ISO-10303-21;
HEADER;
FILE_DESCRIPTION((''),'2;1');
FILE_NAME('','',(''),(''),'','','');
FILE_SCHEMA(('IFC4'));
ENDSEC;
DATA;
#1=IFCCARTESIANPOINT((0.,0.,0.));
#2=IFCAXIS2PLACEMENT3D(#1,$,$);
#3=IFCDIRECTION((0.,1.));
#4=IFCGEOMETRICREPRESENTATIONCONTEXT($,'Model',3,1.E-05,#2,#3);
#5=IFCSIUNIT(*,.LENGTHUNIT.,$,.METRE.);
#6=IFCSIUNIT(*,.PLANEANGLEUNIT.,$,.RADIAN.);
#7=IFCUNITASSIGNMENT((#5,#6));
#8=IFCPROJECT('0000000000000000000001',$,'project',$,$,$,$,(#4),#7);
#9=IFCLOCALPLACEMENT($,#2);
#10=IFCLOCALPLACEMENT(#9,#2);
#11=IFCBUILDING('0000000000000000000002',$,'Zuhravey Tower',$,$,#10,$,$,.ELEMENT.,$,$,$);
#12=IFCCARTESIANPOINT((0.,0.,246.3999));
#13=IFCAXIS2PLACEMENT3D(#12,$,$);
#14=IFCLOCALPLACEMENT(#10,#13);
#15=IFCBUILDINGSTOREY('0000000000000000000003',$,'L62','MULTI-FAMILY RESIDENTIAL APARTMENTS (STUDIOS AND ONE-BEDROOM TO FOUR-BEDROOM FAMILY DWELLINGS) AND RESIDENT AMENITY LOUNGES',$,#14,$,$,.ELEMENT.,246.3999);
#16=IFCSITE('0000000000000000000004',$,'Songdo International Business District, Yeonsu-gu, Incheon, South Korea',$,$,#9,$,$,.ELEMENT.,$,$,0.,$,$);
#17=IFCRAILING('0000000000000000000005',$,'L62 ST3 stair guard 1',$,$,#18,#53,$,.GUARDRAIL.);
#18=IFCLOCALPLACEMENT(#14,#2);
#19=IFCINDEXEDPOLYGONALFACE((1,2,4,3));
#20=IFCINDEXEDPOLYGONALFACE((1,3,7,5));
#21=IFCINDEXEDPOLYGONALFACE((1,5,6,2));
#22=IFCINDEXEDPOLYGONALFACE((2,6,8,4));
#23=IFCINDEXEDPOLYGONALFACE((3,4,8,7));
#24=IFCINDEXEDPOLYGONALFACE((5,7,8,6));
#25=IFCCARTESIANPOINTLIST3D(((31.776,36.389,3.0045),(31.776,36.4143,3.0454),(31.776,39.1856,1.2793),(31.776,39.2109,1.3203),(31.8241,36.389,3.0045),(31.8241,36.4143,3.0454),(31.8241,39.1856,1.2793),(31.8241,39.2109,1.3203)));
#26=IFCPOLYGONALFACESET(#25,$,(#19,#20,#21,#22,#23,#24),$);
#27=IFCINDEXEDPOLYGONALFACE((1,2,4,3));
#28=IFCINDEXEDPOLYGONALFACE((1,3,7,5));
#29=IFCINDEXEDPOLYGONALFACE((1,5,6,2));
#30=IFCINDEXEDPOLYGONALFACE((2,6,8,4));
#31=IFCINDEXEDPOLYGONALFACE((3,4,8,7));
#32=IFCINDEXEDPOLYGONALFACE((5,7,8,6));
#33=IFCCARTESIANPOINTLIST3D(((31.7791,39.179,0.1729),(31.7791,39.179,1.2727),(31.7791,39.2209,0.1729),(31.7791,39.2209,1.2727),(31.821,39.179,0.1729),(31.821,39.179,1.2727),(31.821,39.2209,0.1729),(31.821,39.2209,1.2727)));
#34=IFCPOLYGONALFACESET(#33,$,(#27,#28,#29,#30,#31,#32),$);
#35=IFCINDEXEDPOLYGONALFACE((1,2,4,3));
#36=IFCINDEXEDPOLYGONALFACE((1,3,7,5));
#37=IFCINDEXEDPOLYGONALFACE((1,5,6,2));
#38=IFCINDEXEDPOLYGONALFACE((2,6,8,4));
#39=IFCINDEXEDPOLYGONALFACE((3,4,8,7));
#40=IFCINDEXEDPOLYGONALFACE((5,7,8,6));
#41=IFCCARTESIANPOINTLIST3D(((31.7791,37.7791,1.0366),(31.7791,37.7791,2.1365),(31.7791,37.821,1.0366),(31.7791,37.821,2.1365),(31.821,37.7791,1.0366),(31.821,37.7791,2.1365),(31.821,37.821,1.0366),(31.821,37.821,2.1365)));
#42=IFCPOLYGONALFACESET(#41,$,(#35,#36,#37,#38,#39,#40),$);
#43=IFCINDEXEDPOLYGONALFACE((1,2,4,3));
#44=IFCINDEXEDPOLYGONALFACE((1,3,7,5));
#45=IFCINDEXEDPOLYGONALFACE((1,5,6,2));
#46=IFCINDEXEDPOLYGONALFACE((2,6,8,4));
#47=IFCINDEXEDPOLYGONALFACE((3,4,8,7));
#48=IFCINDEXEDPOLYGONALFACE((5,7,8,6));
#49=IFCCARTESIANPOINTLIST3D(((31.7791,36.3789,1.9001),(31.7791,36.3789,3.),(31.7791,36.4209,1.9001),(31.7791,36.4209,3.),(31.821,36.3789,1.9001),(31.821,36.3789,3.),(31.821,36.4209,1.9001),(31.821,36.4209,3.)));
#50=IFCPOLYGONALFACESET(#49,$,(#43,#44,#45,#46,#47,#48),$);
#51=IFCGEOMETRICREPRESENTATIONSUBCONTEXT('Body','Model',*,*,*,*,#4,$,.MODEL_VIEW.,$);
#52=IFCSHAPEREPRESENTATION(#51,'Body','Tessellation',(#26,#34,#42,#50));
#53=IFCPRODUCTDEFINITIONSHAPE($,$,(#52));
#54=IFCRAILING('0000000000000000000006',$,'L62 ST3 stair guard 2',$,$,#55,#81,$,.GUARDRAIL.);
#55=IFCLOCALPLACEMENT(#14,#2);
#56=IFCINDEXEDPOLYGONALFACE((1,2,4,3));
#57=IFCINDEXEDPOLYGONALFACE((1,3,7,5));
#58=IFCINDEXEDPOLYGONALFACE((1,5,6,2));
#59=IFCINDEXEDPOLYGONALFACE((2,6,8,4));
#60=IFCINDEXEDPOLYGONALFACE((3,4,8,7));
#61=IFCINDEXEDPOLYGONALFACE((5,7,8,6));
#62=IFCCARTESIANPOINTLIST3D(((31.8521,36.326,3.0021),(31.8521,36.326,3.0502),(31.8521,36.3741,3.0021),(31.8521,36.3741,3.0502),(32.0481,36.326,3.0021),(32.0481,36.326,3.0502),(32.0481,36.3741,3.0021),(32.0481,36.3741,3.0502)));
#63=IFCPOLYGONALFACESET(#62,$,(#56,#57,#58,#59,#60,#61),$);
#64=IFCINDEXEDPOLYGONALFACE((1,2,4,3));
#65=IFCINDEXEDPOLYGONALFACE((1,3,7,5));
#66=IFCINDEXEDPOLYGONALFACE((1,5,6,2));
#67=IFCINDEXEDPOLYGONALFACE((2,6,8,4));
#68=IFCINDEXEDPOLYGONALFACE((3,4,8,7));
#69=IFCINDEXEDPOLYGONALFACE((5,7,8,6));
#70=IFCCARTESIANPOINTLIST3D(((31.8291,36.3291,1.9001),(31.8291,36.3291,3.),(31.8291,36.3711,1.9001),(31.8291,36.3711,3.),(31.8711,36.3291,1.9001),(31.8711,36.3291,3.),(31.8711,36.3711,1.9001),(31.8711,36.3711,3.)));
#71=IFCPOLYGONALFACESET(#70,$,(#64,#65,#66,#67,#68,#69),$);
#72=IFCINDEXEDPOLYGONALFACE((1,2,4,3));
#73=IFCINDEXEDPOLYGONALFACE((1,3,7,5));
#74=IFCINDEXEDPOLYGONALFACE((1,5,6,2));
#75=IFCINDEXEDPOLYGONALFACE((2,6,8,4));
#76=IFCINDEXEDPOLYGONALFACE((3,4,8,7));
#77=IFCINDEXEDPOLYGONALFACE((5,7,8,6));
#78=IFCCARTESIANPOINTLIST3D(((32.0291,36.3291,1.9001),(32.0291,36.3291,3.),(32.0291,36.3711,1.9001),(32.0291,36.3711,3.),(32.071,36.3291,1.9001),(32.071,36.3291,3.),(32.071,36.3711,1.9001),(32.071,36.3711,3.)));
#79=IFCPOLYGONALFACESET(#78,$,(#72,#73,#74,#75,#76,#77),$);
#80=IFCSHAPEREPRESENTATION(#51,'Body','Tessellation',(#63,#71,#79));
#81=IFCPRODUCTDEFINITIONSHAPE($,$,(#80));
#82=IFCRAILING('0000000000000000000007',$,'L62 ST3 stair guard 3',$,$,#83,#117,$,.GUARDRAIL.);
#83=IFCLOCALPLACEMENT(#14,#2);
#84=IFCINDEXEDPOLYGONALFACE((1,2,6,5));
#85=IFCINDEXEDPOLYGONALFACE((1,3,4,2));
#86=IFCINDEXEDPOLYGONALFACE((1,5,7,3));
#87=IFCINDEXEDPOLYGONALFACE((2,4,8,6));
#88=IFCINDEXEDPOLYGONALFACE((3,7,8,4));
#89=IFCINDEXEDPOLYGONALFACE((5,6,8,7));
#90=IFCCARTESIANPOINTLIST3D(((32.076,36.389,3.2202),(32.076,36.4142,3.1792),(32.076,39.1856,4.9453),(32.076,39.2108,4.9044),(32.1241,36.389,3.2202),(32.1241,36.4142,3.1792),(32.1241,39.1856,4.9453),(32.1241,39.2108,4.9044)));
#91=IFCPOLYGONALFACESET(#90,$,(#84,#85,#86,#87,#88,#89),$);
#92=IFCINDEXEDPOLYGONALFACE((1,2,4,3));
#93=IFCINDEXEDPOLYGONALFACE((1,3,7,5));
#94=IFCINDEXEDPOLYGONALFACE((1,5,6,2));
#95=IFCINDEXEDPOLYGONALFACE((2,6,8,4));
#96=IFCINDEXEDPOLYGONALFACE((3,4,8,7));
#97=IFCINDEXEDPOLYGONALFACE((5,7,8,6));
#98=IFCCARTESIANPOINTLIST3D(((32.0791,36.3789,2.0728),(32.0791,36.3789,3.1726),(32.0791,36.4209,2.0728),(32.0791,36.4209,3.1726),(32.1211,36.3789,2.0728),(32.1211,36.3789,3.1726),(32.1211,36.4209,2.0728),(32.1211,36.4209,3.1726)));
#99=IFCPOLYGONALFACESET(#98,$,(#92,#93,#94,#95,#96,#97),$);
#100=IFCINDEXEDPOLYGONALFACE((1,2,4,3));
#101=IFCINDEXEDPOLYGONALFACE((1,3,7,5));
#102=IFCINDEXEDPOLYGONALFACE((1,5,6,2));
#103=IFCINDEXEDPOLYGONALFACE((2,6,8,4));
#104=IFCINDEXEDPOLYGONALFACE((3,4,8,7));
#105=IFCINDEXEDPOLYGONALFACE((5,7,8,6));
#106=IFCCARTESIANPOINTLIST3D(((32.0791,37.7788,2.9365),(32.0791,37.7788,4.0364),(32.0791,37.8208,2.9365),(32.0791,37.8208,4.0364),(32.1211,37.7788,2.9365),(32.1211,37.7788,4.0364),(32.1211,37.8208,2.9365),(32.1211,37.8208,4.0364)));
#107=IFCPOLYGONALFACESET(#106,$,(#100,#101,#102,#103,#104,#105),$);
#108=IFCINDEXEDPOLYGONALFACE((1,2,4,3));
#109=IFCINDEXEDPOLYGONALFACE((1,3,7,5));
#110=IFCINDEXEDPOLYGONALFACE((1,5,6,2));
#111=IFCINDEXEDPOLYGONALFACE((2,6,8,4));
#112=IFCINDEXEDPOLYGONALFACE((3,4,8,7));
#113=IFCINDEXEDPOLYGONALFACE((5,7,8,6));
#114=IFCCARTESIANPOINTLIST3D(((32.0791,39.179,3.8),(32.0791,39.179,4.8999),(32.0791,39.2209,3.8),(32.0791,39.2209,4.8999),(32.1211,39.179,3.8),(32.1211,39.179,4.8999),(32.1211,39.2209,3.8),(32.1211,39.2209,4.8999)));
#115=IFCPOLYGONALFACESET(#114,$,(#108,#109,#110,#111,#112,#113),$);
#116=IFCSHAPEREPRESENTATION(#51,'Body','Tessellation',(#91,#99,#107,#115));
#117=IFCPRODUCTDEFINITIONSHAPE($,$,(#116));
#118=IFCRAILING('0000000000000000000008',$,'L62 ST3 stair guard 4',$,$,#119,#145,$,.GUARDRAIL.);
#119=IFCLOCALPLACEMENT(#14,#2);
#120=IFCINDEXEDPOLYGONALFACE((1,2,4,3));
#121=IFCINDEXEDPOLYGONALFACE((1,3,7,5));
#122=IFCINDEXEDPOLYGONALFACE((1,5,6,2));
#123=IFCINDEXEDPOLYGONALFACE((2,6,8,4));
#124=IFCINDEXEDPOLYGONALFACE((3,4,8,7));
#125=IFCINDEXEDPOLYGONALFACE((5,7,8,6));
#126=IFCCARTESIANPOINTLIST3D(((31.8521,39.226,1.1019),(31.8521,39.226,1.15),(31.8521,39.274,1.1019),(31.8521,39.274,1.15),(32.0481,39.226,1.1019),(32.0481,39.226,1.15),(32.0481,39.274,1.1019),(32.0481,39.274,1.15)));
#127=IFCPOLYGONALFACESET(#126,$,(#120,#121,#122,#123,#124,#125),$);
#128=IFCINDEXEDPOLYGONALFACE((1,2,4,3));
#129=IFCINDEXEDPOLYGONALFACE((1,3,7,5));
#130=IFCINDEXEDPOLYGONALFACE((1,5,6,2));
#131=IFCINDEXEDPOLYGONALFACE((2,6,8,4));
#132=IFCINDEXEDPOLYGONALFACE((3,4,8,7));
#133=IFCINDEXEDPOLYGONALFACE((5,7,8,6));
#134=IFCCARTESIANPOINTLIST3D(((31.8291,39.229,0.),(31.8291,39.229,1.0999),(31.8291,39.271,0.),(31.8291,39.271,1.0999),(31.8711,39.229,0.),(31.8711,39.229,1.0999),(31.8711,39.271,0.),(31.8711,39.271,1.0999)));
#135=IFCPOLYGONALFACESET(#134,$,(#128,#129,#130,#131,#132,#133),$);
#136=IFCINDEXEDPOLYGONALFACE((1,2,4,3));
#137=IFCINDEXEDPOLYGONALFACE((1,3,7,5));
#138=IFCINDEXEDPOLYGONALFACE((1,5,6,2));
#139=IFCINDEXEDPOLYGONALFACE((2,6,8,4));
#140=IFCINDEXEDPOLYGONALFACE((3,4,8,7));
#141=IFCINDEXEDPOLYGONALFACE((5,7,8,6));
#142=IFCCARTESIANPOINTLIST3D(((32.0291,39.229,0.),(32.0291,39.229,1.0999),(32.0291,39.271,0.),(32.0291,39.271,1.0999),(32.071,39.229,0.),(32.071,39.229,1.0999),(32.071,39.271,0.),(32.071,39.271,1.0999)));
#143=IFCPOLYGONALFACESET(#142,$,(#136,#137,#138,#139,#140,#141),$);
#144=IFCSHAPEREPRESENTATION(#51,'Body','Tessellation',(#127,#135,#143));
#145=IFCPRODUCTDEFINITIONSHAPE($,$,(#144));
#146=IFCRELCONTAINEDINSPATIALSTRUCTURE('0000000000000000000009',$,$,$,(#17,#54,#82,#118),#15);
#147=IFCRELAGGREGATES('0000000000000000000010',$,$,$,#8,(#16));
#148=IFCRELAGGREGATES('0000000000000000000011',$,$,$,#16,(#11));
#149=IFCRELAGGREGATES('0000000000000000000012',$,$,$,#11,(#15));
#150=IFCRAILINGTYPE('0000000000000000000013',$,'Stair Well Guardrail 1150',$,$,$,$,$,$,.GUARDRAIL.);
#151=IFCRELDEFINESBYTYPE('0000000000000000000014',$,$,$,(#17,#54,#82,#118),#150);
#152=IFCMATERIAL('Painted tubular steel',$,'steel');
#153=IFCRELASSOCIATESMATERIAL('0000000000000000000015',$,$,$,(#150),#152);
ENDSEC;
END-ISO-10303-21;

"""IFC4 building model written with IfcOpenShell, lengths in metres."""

from ifc_helpers import new_model, si_unit, direction, frame, origin, origin_2d, place, context, subcontext, project, spatial, rectangle, extrude, material, type_object, element, save


model = new_model("IFC4")

# Units and contexts
model_context = context("Model", 3, precision=1e-05, world=origin(), true_north=direction((0.0, 1.0)))
body_context = subcontext(model_context, "Body", "Model", "MODEL_VIEW")
ifc_project = project(units=[si_unit("LENGTHUNIT", "METRE"), si_unit("PLANEANGLEUNIT", "RADIAN")], contexts=[model_context])

# Site, building, storey
site_placement = place(None, origin())
site = spatial("IfcSite", under=ifc_project, at=site_placement, Name="Songdo International Business District, Yeonsu-gu, Incheon, South Korea", CompositionType="ELEMENT", RefElevation=0.0)
building_placement = place(site_placement, origin())
building = spatial("IfcBuilding", under=site, at=building_placement, Name="Zuhravey Tower", CompositionType="ELEMENT")
storey_placement = place(building_placement, frame((0.0, 0.0, 246.3999)))
storey = spatial("IfcBuildingStorey", under=building, at=storey_placement, Name="L62", Description="MULTI-FAMILY RESIDENTIAL APARTMENTS (STUDIOS AND ONE-BEDROOM TO FOUR-BEDROOM FAMILY DWELLINGS) AND RESIDENT AMENITY LOUNGES", CompositionType="ELEMENT", Elevation=246.3999)

# Railings
ifc_material_1 = material(Name="Painted tubular steel", Category="steel")
railing_type_1 = type_object("IfcRailingType", Name="Stair Well Guardrail 1150", PredefinedType="GUARDRAIL", material=ifc_material_1)
railing_1_placement = place(storey_placement, frame((31.8, 39.2, 0.1729)))
element("IfcRailing", 1, at=railing_1_placement, inside=storey, type_object=railing_type_1, Name="L62 ST3 stair guard 1", PredefinedType="GUARDRAIL", context=body_context, shape_type="SweptSolid", body=[
    extrude(rectangle(XDim=0.0481, YDim=0.0481, at=origin_2d()), frame((0.0, -0.0017, 1.127), z_axis=(0.0, -0.85109, 0.52502), x_axis=(1.0, 0.0, 0.0)), (0.0, 0.0, 1.0), 3.2859),
    extrude(rectangle(XDim=0.042, YDim=0.042, at=origin_2d()), origin(), (0.0, 0.0, 1.0), 1.0999),
    extrude(rectangle(XDim=0.042, YDim=0.042, at=origin_2d()), frame((0.0, -1.3999, 0.8638)), (0.0, 0.0, 1.0), 1.0999),
    extrude(rectangle(XDim=0.042, YDim=0.042, at=origin_2d()), frame((0.0, -2.8, 1.7273)), (0.0, 0.0, 1.0), 1.0999),
])
railing_2_placement = place(storey_placement, frame((31.8501, 36.3501, 1.9001)))
element("IfcRailing", 2, at=railing_2_placement, inside=storey, type_object=railing_type_1, Name="L62 ST3 stair guard 2", PredefinedType="GUARDRAIL", context=body_context, shape_type="SweptSolid", body=[
    extrude(rectangle(XDim=0.0481, YDim=0.0481, at=origin_2d()), frame((0.002, 0.0, 1.126), z_axis=(1.0, 0.0, 0.0), x_axis=(0.0, 1.0, 0.0)), (0.0, 0.0, 1.0), 0.196),
    extrude(rectangle(XDim=0.042, YDim=0.042, at=origin_2d()), origin(), (0.0, 0.0, 1.0), 1.0999),
    extrude(rectangle(XDim=0.042, YDim=0.042, at=origin_2d()), frame((0.2, 0.0, 0.0)), (0.0, 0.0, 1.0), 1.0999),
])
railing_3_placement = place(storey_placement, frame((32.1001, 36.3999, 2.0728)))
element("IfcRailing", 3, at=railing_3_placement, inside=storey, type_object=railing_type_1, Name="L62 ST3 stair guard 3", PredefinedType="GUARDRAIL", context=body_context, shape_type="SweptSolid", body=[
    extrude(rectangle(XDim=0.0481, YDim=0.0481, at=origin_2d()), frame((0.0, 0.0017, 1.127), z_axis=(0.0, 0.85109, 0.52502), x_axis=(-1.0, 0.0, 0.0)), (0.0, 0.0, 1.0), 3.2859),
    extrude(rectangle(XDim=0.042, YDim=0.042, at=origin_2d()), origin(), (0.0, 0.0, 1.0), 1.0999),
    extrude(rectangle(XDim=0.042, YDim=0.042, at=origin_2d()), frame((0.0, 1.3999, 0.8638)), (0.0, 0.0, 1.0), 1.0999),
    extrude(rectangle(XDim=0.042, YDim=0.042, at=origin_2d()), frame((0.0, 2.8, 1.7273)), (0.0, 0.0, 1.0), 1.0999),
])
railing_4_placement = place(storey_placement, frame((31.8501, 39.25, 0.0)))
element("IfcRailing", 4, at=railing_4_placement, inside=storey, type_object=railing_type_1, Name="L62 ST3 stair guard 4", PredefinedType="GUARDRAIL", context=body_context, shape_type="SweptSolid", body=[
    extrude(rectangle(XDim=0.0481, YDim=0.0481, at=origin_2d()), frame((0.002, 0.0, 1.126), z_axis=(1.0, 0.0, 0.0), x_axis=(0.0, 1.0, 0.0)), (0.0, 0.0, 1.0), 0.196),
    extrude(rectangle(XDim=0.042, YDim=0.042, at=origin_2d()), origin(), (0.0, 0.0, 1.0), 1.0999),
    extrude(rectangle(XDim=0.042, YDim=0.042, at=origin_2d()), frame((0.2, 0.0, 0.0)), (0.0, 0.0, 1.0), 1.0999),
])

save(model, "model.ifc")
